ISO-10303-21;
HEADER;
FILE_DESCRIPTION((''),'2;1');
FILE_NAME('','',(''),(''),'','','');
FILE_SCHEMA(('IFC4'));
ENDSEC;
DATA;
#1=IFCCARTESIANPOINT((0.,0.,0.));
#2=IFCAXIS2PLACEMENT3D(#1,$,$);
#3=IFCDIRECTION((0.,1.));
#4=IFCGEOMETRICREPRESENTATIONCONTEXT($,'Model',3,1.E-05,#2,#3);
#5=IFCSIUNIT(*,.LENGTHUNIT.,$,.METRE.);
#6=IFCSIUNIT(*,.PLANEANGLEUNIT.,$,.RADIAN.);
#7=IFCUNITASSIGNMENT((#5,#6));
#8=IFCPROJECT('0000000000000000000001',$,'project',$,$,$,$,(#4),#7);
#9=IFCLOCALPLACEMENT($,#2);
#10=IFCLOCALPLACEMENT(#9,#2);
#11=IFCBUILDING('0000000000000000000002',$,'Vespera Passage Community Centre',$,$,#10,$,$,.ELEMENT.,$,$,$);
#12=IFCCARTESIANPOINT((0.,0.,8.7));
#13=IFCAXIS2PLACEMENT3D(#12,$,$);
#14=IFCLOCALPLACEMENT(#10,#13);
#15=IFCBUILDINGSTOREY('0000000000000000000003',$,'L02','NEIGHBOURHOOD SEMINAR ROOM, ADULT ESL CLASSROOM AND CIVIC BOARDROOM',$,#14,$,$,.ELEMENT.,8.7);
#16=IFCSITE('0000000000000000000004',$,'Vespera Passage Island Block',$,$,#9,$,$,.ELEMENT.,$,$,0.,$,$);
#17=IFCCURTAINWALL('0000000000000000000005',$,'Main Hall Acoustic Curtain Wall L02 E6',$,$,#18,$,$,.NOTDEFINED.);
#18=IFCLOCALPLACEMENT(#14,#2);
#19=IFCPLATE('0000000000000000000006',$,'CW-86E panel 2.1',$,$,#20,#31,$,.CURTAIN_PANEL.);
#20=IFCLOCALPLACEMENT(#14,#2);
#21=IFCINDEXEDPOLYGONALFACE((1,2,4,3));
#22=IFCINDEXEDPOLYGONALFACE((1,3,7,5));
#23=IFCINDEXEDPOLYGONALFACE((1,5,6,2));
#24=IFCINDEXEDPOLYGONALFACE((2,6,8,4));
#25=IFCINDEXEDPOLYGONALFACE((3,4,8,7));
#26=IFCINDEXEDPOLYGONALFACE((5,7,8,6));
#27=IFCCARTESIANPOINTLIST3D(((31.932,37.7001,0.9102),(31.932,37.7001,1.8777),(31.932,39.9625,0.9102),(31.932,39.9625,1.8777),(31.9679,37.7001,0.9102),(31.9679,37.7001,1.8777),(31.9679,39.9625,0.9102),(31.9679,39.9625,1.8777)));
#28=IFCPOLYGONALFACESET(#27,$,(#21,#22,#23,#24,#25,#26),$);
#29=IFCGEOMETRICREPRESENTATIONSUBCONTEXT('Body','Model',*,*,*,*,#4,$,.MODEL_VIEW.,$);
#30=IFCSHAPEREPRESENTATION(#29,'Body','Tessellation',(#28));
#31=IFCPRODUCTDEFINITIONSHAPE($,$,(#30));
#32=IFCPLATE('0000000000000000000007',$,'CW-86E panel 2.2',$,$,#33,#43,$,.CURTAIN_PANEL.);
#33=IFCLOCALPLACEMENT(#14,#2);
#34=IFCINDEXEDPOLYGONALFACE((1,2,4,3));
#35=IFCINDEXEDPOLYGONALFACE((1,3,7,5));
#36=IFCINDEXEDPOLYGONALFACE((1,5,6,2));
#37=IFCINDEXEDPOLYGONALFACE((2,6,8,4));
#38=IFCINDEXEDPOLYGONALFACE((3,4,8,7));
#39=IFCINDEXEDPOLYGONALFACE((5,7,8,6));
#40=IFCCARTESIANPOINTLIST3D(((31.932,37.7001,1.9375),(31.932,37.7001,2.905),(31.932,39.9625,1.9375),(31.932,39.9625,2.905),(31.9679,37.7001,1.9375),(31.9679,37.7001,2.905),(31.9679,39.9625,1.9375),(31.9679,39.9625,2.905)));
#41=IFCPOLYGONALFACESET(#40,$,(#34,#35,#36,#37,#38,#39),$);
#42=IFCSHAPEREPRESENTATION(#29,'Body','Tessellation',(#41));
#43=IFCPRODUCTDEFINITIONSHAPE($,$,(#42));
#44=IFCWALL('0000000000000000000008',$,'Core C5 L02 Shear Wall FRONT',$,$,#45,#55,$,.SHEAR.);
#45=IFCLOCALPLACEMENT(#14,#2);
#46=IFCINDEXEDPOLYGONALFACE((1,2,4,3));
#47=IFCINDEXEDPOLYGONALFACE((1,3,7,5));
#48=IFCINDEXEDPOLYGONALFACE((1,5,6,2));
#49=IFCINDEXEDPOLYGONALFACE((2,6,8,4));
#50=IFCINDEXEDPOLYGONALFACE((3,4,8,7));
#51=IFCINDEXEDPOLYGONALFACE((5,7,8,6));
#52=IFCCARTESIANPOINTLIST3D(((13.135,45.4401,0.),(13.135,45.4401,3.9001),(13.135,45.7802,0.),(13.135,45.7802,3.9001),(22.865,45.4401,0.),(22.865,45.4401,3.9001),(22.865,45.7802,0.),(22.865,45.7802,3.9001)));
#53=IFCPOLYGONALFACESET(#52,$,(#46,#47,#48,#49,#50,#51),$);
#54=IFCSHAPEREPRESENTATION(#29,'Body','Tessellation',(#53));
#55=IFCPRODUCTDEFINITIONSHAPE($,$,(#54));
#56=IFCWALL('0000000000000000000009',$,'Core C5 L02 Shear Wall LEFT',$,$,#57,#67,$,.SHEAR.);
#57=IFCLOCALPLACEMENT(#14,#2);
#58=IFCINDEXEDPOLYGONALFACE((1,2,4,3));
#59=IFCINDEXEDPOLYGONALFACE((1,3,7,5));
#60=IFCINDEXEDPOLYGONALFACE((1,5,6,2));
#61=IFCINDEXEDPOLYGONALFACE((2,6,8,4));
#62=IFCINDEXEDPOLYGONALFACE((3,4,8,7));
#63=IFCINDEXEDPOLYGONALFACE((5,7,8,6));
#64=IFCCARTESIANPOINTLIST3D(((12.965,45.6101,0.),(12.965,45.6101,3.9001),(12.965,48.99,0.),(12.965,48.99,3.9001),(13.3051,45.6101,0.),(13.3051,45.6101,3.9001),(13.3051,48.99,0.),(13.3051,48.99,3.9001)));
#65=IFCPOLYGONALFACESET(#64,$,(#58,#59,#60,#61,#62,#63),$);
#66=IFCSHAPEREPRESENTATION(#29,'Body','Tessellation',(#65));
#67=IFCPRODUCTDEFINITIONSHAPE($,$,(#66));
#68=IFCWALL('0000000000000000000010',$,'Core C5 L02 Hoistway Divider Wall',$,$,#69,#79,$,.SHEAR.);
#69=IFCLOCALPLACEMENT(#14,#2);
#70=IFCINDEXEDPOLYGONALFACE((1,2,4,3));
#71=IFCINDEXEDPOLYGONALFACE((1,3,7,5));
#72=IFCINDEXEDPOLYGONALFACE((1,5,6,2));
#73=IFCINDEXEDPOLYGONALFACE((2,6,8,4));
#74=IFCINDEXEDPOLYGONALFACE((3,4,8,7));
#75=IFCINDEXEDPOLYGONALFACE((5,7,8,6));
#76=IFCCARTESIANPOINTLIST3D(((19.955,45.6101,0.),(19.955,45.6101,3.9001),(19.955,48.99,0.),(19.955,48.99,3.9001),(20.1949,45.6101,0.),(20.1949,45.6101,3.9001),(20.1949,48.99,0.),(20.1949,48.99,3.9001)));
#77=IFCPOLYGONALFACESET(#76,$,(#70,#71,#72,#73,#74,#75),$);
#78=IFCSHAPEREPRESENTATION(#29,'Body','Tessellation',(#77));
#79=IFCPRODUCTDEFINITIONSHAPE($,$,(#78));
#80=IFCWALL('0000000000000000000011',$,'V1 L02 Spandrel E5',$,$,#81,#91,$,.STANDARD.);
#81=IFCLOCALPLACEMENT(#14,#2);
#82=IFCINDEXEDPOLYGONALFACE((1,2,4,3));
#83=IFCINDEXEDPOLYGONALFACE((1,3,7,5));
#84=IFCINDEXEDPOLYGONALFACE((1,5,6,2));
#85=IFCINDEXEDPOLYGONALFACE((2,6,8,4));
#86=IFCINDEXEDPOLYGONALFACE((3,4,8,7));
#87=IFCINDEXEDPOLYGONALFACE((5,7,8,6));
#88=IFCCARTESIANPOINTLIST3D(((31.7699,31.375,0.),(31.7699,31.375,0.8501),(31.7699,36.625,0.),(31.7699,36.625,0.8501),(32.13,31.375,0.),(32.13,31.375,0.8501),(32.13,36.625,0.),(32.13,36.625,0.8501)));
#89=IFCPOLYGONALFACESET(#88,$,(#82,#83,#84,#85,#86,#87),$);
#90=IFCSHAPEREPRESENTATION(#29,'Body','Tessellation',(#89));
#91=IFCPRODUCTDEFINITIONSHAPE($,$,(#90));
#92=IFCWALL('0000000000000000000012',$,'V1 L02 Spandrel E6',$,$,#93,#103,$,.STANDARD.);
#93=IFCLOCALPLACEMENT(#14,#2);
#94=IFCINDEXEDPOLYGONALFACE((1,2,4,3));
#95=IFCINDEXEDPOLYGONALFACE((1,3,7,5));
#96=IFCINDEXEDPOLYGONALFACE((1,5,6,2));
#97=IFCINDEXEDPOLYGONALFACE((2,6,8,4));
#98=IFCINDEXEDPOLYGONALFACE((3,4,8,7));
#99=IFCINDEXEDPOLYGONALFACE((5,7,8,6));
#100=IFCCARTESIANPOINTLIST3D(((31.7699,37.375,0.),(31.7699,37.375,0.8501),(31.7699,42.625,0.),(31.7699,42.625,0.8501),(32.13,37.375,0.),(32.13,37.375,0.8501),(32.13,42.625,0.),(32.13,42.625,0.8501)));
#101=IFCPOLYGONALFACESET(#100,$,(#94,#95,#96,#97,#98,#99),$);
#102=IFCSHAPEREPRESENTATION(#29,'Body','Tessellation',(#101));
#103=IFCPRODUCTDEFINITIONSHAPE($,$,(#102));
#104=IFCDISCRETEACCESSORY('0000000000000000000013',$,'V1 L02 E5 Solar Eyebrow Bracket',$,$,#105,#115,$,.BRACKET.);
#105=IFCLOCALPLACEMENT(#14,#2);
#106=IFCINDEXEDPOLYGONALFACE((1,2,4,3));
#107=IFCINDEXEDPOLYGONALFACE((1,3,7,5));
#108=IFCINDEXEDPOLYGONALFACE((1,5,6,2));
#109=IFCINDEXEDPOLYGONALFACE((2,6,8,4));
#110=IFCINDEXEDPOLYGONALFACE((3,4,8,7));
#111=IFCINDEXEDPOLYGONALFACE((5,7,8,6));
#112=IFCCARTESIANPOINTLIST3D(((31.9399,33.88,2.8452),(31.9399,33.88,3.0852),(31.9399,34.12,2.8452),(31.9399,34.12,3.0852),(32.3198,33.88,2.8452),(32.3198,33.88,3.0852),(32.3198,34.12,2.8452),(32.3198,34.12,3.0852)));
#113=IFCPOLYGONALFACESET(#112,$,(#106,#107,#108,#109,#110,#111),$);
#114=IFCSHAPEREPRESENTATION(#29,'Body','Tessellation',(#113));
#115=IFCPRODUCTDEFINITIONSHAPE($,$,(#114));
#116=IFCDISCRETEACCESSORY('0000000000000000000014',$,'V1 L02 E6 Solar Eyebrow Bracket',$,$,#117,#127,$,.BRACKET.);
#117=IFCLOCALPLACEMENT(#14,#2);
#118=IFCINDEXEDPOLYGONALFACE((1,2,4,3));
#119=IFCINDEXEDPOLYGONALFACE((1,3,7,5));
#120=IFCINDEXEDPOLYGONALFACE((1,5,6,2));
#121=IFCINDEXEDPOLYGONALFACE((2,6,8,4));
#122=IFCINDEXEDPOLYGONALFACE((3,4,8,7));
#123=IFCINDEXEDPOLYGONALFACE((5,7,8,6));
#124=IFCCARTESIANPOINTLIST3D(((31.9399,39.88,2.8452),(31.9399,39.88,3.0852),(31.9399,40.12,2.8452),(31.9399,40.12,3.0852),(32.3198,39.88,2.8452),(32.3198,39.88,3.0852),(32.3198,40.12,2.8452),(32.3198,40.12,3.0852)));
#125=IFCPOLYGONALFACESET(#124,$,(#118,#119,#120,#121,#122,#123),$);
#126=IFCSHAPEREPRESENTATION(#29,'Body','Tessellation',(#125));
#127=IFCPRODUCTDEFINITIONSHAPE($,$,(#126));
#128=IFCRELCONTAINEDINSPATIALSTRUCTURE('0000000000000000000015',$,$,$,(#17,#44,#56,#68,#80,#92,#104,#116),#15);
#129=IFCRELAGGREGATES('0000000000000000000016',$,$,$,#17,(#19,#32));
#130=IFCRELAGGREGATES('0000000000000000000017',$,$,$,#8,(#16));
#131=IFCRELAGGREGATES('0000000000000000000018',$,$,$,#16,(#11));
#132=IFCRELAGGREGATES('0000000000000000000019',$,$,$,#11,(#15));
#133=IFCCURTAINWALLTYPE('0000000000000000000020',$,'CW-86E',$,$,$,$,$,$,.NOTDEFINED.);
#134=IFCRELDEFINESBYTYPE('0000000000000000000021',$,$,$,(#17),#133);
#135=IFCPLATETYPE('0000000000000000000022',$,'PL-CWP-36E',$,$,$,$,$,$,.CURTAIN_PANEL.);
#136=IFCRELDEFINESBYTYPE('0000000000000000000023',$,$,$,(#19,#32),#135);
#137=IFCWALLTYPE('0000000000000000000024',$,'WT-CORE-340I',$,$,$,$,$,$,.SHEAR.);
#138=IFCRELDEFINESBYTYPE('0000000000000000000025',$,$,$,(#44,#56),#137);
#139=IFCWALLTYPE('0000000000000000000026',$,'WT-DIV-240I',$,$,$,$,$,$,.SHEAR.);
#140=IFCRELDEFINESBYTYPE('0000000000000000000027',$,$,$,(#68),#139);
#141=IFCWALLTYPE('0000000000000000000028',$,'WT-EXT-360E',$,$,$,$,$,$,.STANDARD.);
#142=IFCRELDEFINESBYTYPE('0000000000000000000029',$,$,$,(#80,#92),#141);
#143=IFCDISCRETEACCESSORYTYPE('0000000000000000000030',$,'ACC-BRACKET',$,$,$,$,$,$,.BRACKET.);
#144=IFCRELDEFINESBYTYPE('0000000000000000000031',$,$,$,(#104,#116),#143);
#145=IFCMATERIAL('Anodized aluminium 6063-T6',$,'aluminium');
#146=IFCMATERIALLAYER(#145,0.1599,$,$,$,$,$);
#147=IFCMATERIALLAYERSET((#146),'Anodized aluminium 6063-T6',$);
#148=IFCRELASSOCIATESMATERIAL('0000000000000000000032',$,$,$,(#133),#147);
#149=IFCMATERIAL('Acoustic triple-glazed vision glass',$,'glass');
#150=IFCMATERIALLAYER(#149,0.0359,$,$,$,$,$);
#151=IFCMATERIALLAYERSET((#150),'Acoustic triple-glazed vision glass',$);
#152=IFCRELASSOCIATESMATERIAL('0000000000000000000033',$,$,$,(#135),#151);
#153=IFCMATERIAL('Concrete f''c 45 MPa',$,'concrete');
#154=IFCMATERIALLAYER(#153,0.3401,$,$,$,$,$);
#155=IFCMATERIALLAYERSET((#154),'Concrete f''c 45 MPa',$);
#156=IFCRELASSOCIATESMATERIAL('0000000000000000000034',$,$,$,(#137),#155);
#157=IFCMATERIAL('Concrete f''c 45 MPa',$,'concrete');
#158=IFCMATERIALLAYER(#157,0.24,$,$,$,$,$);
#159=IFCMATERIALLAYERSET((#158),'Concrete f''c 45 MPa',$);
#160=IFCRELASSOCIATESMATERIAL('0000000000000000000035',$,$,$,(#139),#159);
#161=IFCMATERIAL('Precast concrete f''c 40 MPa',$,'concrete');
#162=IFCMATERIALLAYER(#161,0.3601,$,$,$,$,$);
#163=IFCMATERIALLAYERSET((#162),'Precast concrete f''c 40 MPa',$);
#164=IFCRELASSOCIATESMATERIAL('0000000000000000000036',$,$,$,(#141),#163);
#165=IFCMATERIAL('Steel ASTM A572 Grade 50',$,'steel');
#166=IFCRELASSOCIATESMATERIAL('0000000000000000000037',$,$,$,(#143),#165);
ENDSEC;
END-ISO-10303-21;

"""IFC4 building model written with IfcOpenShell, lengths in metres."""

from ifc_helpers import new_model, si_unit, direction, frame, frame_2d, origin, origin_2d, place, context, subcontext, project, spatial, rectangle, extrude, material, layer, layer_set, type_object, element, aggregate, save


model = new_model("IFC4")

# Units and contexts
model_context = context("Model", 3, precision=1e-05, world=origin(), true_north=direction((0.0, 1.0)))
body_context = subcontext(model_context, "Body", "Model", "MODEL_VIEW")
ifc_project = project(units=[si_unit("LENGTHUNIT", "METRE"), si_unit("PLANEANGLEUNIT", "RADIAN")], contexts=[model_context])

# Site, building, storey
site_placement = place(None, origin())
site = spatial("IfcSite", under=ifc_project, at=site_placement, Name="Vespera Passage Island Block", CompositionType="ELEMENT", RefElevation=0.0)
building_placement = place(site_placement, origin())
building = spatial("IfcBuilding", under=site, at=building_placement, Name="Vespera Passage Community Centre", CompositionType="ELEMENT")
storey_placement = place(building_placement, frame((0.0, 0.0, 8.7)))
storey = spatial("IfcBuildingStorey", under=building, at=storey_placement, Name="L02", Description="NEIGHBOURHOOD SEMINAR ROOM, ADULT ESL CLASSROOM AND CIVIC BOARDROOM", CompositionType="ELEMENT", Elevation=8.7)

# Curtain wall
ifc_material_1 = material(Name="Anodized aluminium 6063-T6", Category="aluminium")
ifc_layer_1 = layer(ifc_material_1, 0.1599)
ifc_layer_set_1 = layer_set([ifc_layer_1], Name="Anodized aluminium 6063-T6")
curtain_wall_type_1 = type_object("IfcCurtainWallType", Name="CW-86E", PredefinedType="NOTDEFINED", material=ifc_layer_set_1)
curtain_wall_1_placement = place(storey_placement, origin())
curtain_wall_1 = element("IfcCurtainWall", 1, at=curtain_wall_1_placement, inside=storey, type_object=curtain_wall_type_1, Name="Main Hall Acoustic Curtain Wall L02 E6", PredefinedType="NOTDEFINED")

# Plates
ifc_material_2 = material(Name="Acoustic triple-glazed vision glass", Category="glass")
ifc_layer_2 = layer(ifc_material_2, 0.0359)
ifc_layer_set_2 = layer_set([ifc_layer_2], Name="Acoustic triple-glazed vision glass")
plate_type = type_object("IfcPlateType", Name="PL-CWP-36E", PredefinedType="CURTAIN_PANEL", material=ifc_layer_set_2)
plate_1_placement = place(storey_placement, frame((31.95, 38.8313, 0.9102), z_axis=(0.0, 0.0, 1.0), x_axis=(0.0, -1.0, 0.0)))
plate_1 = element("IfcPlate", 2, at=plate_1_placement, type_object=plate_type, Name="CW-86E panel 2.1", PredefinedType="CURTAIN_PANEL", context=body_context, shape_type="SweptSolid", body=[
    extrude(rectangle(XDim=2.2625, YDim=0.0359, at=origin_2d()), origin(), (0.0, 0.0, 1.0), 0.9675),
])
plate_2_placement = place(storey_placement, frame((31.95, 38.8313, 1.9375), z_axis=(0.0, 0.0, 1.0), x_axis=(0.0, -1.0, 0.0)))
plate_2 = element("IfcPlate", 3, at=plate_2_placement, type_object=plate_type, Name="CW-86E panel 2.2", PredefinedType="CURTAIN_PANEL", context=body_context, shape_type="SweptSolid", body=[
    extrude(rectangle(XDim=2.2625, YDim=0.0359, at=origin_2d()), origin(), (0.0, 0.0, 1.0), 0.9675),
])
aggregate(curtain_wall_1, [plate_1, plate_2])

# Walls
ifc_material_3 = material(Name="Concrete f'c 45 MPa", Category="concrete")
ifc_layer_3 = layer(ifc_material_3, 0.3401)
ifc_layer_set_3 = layer_set([ifc_layer_3], Name="Concrete f'c 45 MPa")
wall_type_1 = type_object("IfcWallType", Name="WT-CORE-340I", PredefinedType="SHEAR", material=ifc_layer_set_3)
wall_1_placement = place(storey_placement, frame((22.865, 45.6101, 0.0), z_axis=(0.0, 0.0, 1.0), x_axis=(-1.0, 0.0, 0.0)))
element("IfcWall", 4, at=wall_1_placement, inside=storey, type_object=wall_type_1, Name="Core C5 L02 Shear Wall FRONT", PredefinedType="SHEAR", context=body_context, shape_type="SweptSolid", body=[
    extrude(rectangle(XDim=9.73, YDim=0.3401, at=frame_2d((4.865, 0.0))), origin(), (0.0, 0.0, 1.0), 3.9001),
])
wall_2_placement = place(storey_placement, frame((13.135, 45.6101, 0.0), z_axis=(0.0, 0.0, 1.0), x_axis=(0.0, 1.0, 0.0)))
element("IfcWall", 5, at=wall_2_placement, inside=storey, type_object=wall_type_1, Name="Core C5 L02 Shear Wall LEFT", PredefinedType="SHEAR", context=body_context, shape_type="SweptSolid", body=[
    extrude(rectangle(XDim=3.3799, YDim=0.3401, at=frame_2d((1.6899, 0.0))), origin(), (0.0, 0.0, 1.0), 3.9001),
])
ifc_material_4 = material(Name="Concrete f'c 45 MPa", Category="concrete")
ifc_layer_4 = layer(ifc_material_4, 0.24)
ifc_layer_set_4 = layer_set([ifc_layer_4], Name="Concrete f'c 45 MPa")
wall_type_2 = type_object("IfcWallType", Name="WT-DIV-240I", PredefinedType="SHEAR", material=ifc_layer_set_4)
wall_3_placement = place(storey_placement, frame((20.075, 45.6101, 0.0), z_axis=(0.0, 0.0, 1.0), x_axis=(0.0, 1.0, 0.0)))
element("IfcWall", 6, at=wall_3_placement, inside=storey, type_object=wall_type_2, Name="Core C5 L02 Hoistway Divider Wall", PredefinedType="SHEAR", context=body_context, shape_type="SweptSolid", body=[
    extrude(rectangle(XDim=3.3799, YDim=0.24, at=frame_2d((1.6899, 0.0))), origin(), (0.0, 0.0, 1.0), 3.9001),
])
ifc_material_5 = material(Name="Precast concrete f'c 40 MPa", Category="concrete")
ifc_layer_5 = layer(ifc_material_5, 0.3601)
ifc_layer_set_5 = layer_set([ifc_layer_5], Name="Precast concrete f'c 40 MPa")
wall_type_3 = type_object("IfcWallType", Name="WT-EXT-360E", PredefinedType="STANDARD", material=ifc_layer_set_5)
for number, where, z_axis, x_axis, name in (
    (7, (31.95, 36.625, 0.0), (0.0, 0.0, 1.0), (0.0, -1.0, 0.0), "V1 L02 Spandrel E5"),
    (8, (31.95, 42.625, 0.0), (0.0, 0.0, 1.0), (0.0, -1.0, 0.0), "V1 L02 Spandrel E6"),
):
    element("IfcWall", number, at=place(storey_placement, frame(where, z_axis=z_axis, x_axis=x_axis)), inside=storey, type_object=wall_type_3, Name=name, PredefinedType="STANDARD", context=body_context, shape_type="SweptSolid", body=[
        extrude(rectangle(XDim=5.25, YDim=0.3601, at=frame_2d((2.625, 0.0))), origin(), (0.0, 0.0, 1.0), 0.8501),
    ])

# Discrete accessories
ifc_material_6 = material(Name="Steel ASTM A572 Grade 50", Category="steel")
discrete_accessory_type = type_object("IfcDiscreteAccessoryType", Name="ACC-BRACKET", PredefinedType="BRACKET", material=ifc_material_6)
for number, where, z_axis, x_axis, name in (
    (9, (32.1299, 34.0, 2.8452), (0.0, 0.0, 1.0), (0.0, -1.0, 0.0), "V1 L02 E5 Solar Eyebrow Bracket"),
    (10, (32.1299, 40.0, 2.8452), (0.0, 0.0, 1.0), (0.0, -1.0, 0.0), "V1 L02 E6 Solar Eyebrow Bracket"),
):
    element("IfcDiscreteAccessory", number, at=place(storey_placement, frame(where, z_axis=z_axis, x_axis=x_axis)), inside=storey, type_object=discrete_accessory_type, Name=name, PredefinedType="BRACKET", context=body_context, shape_type="SweptSolid", body=[
        extrude(rectangle(XDim=0.24, YDim=0.3799, at=origin_2d()), origin(), (0.0, 0.0, 1.0), 0.24),
    ])

save(model, "model.ifc")
